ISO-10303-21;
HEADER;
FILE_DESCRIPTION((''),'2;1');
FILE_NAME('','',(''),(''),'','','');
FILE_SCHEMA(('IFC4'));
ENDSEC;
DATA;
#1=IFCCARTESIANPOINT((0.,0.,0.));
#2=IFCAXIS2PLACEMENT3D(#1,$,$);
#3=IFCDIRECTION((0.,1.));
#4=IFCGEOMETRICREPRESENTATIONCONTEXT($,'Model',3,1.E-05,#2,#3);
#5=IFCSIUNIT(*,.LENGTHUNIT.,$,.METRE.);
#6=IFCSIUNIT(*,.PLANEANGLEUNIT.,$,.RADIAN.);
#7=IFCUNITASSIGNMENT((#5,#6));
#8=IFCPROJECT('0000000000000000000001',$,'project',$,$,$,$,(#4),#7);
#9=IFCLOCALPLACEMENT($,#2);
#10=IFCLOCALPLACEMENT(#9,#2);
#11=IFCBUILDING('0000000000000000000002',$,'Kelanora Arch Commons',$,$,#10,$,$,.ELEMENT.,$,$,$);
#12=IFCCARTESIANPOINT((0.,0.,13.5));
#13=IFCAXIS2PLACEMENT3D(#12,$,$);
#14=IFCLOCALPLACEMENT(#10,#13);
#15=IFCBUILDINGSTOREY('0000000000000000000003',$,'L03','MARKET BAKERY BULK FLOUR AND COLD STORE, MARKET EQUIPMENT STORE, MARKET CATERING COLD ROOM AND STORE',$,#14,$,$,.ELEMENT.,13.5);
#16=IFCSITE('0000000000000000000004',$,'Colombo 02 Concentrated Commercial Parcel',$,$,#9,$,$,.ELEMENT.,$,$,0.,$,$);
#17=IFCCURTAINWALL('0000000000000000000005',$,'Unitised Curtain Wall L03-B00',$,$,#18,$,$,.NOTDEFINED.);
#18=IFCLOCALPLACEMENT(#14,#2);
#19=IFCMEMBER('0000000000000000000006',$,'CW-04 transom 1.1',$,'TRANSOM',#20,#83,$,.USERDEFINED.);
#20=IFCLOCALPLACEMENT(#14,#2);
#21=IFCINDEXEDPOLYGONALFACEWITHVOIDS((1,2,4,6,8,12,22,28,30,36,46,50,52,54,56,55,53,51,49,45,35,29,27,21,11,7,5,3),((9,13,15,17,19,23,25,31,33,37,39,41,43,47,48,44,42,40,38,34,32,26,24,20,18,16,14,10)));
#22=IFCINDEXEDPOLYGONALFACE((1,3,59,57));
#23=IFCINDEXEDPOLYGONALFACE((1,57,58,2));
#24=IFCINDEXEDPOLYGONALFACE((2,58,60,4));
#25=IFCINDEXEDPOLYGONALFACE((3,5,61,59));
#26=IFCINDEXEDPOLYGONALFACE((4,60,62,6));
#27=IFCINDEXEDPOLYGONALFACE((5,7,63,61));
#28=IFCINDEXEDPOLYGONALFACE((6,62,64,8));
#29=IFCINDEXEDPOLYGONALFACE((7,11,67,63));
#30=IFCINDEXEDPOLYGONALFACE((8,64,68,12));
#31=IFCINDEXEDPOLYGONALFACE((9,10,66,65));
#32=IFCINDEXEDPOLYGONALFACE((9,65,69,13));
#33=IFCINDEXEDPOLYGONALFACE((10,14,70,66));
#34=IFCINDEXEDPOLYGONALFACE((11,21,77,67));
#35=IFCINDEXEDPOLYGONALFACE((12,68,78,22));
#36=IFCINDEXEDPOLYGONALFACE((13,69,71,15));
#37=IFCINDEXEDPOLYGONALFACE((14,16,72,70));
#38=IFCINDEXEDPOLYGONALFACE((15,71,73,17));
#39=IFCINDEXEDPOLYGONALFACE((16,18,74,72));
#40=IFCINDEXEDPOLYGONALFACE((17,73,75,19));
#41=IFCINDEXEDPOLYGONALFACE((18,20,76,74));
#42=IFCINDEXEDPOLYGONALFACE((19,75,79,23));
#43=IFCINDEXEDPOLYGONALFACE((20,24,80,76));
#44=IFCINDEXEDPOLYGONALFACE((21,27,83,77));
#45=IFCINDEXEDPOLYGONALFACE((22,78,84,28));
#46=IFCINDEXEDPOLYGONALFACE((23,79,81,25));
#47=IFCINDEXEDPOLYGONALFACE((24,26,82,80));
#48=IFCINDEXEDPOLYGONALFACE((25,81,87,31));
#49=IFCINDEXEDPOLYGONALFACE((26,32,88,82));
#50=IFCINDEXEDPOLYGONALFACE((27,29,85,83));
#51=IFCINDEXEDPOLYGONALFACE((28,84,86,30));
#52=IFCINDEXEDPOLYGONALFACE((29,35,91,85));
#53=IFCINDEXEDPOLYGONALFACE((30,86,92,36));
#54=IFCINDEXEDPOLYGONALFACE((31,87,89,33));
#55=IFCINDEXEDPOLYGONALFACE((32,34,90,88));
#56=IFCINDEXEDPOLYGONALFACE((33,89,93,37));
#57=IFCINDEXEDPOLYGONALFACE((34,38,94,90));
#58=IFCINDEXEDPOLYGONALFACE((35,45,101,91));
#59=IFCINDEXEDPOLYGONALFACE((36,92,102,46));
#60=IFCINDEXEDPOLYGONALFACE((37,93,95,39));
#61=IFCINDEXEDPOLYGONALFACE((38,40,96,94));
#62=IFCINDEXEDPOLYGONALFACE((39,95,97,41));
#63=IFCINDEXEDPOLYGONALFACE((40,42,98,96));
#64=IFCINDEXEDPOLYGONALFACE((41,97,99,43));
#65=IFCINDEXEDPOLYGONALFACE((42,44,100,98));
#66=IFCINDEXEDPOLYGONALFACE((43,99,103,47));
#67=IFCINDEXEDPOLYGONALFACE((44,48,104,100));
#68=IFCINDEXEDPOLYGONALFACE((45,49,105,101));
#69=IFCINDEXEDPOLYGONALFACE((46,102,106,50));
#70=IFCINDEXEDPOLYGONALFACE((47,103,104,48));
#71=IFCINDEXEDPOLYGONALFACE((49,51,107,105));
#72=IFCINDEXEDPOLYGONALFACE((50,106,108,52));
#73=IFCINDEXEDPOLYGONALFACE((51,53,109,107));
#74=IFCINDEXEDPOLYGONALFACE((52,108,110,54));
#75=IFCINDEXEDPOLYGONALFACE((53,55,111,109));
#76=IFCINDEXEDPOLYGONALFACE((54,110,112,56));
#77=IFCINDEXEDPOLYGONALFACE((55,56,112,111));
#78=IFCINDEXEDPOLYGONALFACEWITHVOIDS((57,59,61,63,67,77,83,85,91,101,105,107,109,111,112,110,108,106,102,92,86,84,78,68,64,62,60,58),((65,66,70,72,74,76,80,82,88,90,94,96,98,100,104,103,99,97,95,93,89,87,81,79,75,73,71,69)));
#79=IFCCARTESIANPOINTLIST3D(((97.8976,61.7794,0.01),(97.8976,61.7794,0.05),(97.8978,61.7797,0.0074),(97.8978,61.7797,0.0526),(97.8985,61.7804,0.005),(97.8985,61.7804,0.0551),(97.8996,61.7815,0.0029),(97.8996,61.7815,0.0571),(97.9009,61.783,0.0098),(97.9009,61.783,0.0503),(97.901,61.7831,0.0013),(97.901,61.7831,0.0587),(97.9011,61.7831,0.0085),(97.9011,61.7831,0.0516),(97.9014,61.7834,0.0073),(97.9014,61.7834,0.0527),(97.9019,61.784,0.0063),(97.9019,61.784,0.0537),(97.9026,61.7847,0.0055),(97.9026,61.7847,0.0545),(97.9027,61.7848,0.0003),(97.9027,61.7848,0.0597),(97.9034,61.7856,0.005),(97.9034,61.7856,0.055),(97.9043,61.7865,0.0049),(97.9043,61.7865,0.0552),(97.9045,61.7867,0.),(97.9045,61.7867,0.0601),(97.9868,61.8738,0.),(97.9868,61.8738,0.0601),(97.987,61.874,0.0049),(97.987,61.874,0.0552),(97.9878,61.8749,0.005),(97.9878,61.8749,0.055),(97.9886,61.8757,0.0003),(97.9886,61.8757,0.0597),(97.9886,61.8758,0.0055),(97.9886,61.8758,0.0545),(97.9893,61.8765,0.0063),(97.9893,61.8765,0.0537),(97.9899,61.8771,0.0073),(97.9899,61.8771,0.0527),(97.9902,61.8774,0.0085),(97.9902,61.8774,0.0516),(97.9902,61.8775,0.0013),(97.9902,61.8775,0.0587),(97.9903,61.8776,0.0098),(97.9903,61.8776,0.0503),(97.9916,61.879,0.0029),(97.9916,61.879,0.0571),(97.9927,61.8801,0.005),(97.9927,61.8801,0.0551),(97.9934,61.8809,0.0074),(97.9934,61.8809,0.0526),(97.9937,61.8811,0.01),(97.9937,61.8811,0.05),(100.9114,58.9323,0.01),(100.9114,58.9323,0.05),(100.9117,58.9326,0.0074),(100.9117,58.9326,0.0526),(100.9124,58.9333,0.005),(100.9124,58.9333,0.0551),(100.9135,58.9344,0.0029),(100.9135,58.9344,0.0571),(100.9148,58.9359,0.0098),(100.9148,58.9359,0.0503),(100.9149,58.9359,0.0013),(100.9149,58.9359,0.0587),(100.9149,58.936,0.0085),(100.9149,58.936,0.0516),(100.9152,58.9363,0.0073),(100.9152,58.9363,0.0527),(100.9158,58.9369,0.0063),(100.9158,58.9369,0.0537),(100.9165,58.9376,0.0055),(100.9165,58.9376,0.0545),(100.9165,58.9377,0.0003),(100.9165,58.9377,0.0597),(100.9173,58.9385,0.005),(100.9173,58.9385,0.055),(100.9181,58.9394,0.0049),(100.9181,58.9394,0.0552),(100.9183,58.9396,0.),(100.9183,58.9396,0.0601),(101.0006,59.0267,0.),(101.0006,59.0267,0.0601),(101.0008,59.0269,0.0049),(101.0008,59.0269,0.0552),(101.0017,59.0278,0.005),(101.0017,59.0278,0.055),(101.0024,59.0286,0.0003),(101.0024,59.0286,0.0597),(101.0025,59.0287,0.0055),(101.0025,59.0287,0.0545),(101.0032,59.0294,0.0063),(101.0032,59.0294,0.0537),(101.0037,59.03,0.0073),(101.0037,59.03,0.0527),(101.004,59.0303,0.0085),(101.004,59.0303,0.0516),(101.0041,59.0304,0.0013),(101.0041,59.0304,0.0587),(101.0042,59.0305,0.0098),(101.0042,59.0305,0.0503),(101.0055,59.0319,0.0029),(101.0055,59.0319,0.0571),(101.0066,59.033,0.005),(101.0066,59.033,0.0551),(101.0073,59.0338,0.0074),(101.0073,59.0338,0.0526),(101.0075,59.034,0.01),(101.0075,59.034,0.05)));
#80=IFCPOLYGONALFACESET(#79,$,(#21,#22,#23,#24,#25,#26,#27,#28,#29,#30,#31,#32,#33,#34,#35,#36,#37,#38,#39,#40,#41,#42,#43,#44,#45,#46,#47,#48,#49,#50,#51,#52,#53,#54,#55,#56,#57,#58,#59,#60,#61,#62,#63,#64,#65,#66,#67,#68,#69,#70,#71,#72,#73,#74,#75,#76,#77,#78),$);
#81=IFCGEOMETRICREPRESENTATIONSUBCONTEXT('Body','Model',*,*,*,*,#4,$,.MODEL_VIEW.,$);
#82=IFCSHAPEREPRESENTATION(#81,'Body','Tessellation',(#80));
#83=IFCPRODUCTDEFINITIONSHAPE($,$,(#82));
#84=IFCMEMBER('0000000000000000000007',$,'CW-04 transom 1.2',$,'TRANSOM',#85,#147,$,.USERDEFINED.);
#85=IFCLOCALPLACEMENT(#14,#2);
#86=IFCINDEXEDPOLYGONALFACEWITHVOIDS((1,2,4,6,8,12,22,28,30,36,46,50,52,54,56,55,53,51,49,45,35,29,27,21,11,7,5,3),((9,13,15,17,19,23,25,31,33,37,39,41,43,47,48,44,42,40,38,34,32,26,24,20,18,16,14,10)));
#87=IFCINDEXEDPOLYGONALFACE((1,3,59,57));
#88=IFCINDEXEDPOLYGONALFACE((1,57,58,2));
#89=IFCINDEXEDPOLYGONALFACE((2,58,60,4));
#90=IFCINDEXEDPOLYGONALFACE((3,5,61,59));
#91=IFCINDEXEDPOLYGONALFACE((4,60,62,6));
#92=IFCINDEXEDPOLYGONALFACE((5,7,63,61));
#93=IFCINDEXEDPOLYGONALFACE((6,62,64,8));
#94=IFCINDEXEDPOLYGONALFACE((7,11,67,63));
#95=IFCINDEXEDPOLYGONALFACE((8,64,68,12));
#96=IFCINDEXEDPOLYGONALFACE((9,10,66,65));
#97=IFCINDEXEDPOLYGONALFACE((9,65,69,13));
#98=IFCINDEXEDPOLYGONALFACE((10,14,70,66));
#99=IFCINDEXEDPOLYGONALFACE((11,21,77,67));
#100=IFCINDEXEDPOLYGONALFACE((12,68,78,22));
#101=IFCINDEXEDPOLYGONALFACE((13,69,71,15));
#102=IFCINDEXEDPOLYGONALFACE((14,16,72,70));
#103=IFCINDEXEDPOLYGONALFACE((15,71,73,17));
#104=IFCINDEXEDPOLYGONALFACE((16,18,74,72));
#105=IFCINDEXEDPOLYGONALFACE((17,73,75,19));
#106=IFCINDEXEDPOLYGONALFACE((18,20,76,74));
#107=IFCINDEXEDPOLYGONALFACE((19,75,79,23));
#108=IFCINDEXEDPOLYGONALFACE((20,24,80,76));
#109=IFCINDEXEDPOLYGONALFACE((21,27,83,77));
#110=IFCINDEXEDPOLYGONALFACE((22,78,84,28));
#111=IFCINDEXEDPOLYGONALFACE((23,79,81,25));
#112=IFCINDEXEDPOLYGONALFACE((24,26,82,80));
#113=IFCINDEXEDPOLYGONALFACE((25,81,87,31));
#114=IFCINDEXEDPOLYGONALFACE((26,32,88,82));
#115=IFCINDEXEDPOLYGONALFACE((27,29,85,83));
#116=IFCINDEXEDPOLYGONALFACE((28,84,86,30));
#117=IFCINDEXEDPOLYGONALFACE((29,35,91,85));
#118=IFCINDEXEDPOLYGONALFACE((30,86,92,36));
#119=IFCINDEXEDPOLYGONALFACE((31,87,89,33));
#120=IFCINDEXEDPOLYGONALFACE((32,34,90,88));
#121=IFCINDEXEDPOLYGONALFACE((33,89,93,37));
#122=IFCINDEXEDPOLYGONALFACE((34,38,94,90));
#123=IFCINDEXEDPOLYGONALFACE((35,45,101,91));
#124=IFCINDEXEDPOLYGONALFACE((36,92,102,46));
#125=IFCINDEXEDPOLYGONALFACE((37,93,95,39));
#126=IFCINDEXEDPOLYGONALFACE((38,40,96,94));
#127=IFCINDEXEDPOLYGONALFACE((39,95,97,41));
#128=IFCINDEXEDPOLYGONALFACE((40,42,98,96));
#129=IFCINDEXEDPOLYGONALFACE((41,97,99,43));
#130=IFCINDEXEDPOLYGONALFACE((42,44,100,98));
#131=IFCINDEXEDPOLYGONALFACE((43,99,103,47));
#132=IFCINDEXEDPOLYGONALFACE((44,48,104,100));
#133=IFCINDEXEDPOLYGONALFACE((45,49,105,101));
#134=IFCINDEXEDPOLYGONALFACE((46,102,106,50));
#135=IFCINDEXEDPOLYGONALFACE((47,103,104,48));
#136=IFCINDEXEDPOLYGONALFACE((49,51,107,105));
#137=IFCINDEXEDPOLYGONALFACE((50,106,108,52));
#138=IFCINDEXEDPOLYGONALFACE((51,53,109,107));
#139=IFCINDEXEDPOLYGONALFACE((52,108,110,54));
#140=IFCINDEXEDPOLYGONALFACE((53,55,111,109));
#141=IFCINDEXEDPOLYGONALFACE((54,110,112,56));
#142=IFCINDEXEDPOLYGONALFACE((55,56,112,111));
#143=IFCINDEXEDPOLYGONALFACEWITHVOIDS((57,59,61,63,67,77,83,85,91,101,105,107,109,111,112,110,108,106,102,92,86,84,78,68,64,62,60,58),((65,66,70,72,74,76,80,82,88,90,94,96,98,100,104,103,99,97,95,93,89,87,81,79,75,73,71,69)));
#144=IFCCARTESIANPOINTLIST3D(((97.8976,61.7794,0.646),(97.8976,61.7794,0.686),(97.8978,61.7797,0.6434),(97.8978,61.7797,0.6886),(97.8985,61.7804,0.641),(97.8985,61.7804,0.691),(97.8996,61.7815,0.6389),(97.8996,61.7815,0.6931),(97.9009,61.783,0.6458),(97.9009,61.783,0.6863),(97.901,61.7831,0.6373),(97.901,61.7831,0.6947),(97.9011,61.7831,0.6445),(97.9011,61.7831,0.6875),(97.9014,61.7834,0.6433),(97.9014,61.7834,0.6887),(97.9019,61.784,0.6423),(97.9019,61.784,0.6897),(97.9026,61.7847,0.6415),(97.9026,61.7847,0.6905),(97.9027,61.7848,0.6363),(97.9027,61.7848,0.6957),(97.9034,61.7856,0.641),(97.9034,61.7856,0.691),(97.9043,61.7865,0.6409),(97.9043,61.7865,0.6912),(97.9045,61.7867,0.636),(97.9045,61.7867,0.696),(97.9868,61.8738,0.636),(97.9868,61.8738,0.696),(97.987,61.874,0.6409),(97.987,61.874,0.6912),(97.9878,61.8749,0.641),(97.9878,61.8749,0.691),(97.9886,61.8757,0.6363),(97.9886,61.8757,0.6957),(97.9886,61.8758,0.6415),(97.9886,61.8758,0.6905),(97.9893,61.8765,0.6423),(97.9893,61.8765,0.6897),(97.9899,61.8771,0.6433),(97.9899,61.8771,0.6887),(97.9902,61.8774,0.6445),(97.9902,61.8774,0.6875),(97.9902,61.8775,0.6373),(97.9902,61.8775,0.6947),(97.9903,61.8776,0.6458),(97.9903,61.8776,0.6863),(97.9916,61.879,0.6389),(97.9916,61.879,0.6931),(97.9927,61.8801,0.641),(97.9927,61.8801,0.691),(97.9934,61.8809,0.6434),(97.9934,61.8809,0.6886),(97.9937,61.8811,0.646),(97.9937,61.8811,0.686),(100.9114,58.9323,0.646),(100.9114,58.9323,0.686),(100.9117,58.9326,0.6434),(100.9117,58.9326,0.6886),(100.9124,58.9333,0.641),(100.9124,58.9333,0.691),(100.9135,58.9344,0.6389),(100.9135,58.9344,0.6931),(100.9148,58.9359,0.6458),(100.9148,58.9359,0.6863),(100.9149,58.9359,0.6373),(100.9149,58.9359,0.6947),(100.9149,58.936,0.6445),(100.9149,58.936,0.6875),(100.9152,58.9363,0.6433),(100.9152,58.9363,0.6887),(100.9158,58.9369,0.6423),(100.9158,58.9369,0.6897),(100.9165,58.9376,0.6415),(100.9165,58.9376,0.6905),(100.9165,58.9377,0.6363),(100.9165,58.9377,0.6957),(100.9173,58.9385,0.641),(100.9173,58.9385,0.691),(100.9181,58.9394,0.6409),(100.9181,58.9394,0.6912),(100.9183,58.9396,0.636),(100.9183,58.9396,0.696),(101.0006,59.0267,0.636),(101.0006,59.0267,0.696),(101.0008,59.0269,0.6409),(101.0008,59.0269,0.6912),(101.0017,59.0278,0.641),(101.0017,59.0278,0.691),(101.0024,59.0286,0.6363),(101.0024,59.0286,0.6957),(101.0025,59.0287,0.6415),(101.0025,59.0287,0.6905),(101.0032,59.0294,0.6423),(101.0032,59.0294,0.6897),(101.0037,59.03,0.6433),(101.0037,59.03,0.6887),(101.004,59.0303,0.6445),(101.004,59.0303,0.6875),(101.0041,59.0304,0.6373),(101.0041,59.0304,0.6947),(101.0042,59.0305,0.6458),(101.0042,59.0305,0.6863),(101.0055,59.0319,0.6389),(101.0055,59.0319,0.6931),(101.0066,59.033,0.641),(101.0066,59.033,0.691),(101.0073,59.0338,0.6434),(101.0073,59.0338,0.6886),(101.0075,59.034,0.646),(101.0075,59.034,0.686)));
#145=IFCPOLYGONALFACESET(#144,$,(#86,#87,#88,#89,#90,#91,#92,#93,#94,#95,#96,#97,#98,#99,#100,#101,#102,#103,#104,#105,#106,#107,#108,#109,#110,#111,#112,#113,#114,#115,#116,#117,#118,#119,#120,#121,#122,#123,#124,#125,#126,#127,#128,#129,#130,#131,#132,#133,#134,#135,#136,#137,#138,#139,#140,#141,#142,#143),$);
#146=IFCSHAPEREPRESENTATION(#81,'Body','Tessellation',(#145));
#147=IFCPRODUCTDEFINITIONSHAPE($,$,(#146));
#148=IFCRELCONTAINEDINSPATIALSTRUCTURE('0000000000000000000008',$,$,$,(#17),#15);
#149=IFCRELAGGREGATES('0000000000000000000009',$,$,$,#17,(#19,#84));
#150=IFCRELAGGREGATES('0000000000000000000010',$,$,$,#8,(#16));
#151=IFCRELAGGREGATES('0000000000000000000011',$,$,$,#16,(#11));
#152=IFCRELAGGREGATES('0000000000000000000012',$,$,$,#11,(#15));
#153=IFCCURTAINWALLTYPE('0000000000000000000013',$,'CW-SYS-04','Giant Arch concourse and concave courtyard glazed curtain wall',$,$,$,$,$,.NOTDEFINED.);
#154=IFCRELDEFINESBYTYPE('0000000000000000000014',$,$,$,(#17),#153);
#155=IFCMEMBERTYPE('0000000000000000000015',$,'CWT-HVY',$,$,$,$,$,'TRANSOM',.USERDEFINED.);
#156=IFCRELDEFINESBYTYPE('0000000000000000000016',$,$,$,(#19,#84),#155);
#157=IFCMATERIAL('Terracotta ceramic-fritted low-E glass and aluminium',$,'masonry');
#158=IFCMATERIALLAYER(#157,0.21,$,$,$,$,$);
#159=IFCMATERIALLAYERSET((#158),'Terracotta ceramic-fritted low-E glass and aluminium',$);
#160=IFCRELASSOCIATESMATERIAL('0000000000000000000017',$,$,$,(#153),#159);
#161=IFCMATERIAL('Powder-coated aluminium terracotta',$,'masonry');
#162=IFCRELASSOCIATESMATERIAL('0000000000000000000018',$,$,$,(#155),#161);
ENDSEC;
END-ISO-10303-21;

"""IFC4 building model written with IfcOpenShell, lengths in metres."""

from ifc_helpers import new_model, si_unit, direction, frame, origin, origin_2d, place, context, subcontext, project, spatial, hollow_rectangle, extrude, material, layer, layer_set, material_profile, profile_set, type_object, element, aggregate, save


model = new_model("IFC4")

# Units and contexts
model_context = context("Model", 3, precision=1e-05, world=origin(), true_north=direction((0.0, 1.0)))
body_context = subcontext(model_context, "Body", "Model", "MODEL_VIEW")
ifc_project = project(units=[si_unit("LENGTHUNIT", "METRE"), si_unit("PLANEANGLEUNIT", "RADIAN")], contexts=[model_context])

# Site, building, storey
site_placement = place(None, origin())
site = spatial("IfcSite", under=ifc_project, at=site_placement, Name="Colombo 02 Concentrated Commercial Parcel", CompositionType="ELEMENT", RefElevation=0.0)
building_placement = place(site_placement, origin())
building = spatial("IfcBuilding", under=site, at=building_placement, Name="Kelanora Arch Commons", CompositionType="ELEMENT")
storey_placement = place(building_placement, frame((0.0, 0.0, 13.5)))
storey = spatial("IfcBuildingStorey", under=building, at=storey_placement, Name="L03", Description="MARKET BAKERY BULK FLOUR AND COLD STORE, MARKET EQUIPMENT STORE, MARKET CATERING COLD ROOM AND STORE", CompositionType="ELEMENT", Elevation=13.5)

# Curtain wall
ifc_material_1 = material(Name="Terracotta ceramic-fritted low-E glass and aluminium", Category="masonry")
ifc_layer_1 = layer(ifc_material_1, 0.21)
ifc_layer_set_1 = layer_set([ifc_layer_1], Name="Terracotta ceramic-fritted low-E glass and aluminium")
curtain_wall_type = type_object("IfcCurtainWallType", Name="CW-SYS-04", Description="Giant Arch concourse and concave courtyard glazed curtain wall", PredefinedType="NOTDEFINED", material=ifc_layer_set_1)
curtain_wall_1_placement = place(storey_placement, origin())
curtain_wall_1 = element("IfcCurtainWall", 1, at=curtain_wall_1_placement, inside=storey, type_object=curtain_wall_type, Name="Unitised Curtain Wall L03-B00", PredefinedType="NOTDEFINED")
ifc_material_2 = material(Name="Powder-coated aluminium terracotta", Category="masonry")

# Members
ifc_material_profile_1 = material_profile(ifc_material_2, hollow_rectangle(XDim=0.1399, YDim=0.0601, WallThickness=0.0049, InnerFilletRadius=0.0049, OuterFilletRadius=0.01, at=origin_2d()), Name="CWT140x60")
ifc_profile_set_1 = profile_set([ifc_material_profile_1], Name="Powder-coated aluminium terracotta")
member_type_1 = type_object("IfcMemberType", Name="CWT-HVY", ElementType="TRANSOM", PredefinedType="USERDEFINED", material=ifc_profile_set_1)
member_1_placement = place(storey_placement, frame((100.9595, 58.9832, 0.03), z_axis=(-0.72693, 0.686712, 0.0), x_axis=(-0.686712, -0.72693, 0.0)))
member_1 = element("IfcMember", 2, at=member_1_placement, type_object=member_type_1, Name="CW-04 transom 1.1", ObjectType="TRANSOM", PredefinedType="USERDEFINED", context=body_context, shape_type="SweptSolid", body=[
    extrude(hollow_rectangle(XDim=0.1399, YDim=0.0601, WallThickness=0.0049, InnerFilletRadius=0.0049, OuterFilletRadius=0.01, at=origin_2d()), origin(), (0.0, 0.0, 1.0), 4.146),
])
member_2_placement = place(storey_placement, frame((100.9595, 58.9832, 0.666), z_axis=(-0.72693, 0.686712, 0.0), x_axis=(-0.686712, -0.72693, 0.0)))
member_2 = element("IfcMember", 3, at=member_2_placement, type_object=member_type_1, Name="CW-04 transom 1.2", ObjectType="TRANSOM", PredefinedType="USERDEFINED", context=body_context, shape_type="SweptSolid", body=[
    extrude(hollow_rectangle(XDim=0.1399, YDim=0.0601, WallThickness=0.0049, InnerFilletRadius=0.0049, OuterFilletRadius=0.01, at=origin_2d()), origin(), (0.0, 0.0, 1.0), 4.146),
])

aggregate(curtain_wall_1, [member_1, member_2])

save(model, "model.ifc")
